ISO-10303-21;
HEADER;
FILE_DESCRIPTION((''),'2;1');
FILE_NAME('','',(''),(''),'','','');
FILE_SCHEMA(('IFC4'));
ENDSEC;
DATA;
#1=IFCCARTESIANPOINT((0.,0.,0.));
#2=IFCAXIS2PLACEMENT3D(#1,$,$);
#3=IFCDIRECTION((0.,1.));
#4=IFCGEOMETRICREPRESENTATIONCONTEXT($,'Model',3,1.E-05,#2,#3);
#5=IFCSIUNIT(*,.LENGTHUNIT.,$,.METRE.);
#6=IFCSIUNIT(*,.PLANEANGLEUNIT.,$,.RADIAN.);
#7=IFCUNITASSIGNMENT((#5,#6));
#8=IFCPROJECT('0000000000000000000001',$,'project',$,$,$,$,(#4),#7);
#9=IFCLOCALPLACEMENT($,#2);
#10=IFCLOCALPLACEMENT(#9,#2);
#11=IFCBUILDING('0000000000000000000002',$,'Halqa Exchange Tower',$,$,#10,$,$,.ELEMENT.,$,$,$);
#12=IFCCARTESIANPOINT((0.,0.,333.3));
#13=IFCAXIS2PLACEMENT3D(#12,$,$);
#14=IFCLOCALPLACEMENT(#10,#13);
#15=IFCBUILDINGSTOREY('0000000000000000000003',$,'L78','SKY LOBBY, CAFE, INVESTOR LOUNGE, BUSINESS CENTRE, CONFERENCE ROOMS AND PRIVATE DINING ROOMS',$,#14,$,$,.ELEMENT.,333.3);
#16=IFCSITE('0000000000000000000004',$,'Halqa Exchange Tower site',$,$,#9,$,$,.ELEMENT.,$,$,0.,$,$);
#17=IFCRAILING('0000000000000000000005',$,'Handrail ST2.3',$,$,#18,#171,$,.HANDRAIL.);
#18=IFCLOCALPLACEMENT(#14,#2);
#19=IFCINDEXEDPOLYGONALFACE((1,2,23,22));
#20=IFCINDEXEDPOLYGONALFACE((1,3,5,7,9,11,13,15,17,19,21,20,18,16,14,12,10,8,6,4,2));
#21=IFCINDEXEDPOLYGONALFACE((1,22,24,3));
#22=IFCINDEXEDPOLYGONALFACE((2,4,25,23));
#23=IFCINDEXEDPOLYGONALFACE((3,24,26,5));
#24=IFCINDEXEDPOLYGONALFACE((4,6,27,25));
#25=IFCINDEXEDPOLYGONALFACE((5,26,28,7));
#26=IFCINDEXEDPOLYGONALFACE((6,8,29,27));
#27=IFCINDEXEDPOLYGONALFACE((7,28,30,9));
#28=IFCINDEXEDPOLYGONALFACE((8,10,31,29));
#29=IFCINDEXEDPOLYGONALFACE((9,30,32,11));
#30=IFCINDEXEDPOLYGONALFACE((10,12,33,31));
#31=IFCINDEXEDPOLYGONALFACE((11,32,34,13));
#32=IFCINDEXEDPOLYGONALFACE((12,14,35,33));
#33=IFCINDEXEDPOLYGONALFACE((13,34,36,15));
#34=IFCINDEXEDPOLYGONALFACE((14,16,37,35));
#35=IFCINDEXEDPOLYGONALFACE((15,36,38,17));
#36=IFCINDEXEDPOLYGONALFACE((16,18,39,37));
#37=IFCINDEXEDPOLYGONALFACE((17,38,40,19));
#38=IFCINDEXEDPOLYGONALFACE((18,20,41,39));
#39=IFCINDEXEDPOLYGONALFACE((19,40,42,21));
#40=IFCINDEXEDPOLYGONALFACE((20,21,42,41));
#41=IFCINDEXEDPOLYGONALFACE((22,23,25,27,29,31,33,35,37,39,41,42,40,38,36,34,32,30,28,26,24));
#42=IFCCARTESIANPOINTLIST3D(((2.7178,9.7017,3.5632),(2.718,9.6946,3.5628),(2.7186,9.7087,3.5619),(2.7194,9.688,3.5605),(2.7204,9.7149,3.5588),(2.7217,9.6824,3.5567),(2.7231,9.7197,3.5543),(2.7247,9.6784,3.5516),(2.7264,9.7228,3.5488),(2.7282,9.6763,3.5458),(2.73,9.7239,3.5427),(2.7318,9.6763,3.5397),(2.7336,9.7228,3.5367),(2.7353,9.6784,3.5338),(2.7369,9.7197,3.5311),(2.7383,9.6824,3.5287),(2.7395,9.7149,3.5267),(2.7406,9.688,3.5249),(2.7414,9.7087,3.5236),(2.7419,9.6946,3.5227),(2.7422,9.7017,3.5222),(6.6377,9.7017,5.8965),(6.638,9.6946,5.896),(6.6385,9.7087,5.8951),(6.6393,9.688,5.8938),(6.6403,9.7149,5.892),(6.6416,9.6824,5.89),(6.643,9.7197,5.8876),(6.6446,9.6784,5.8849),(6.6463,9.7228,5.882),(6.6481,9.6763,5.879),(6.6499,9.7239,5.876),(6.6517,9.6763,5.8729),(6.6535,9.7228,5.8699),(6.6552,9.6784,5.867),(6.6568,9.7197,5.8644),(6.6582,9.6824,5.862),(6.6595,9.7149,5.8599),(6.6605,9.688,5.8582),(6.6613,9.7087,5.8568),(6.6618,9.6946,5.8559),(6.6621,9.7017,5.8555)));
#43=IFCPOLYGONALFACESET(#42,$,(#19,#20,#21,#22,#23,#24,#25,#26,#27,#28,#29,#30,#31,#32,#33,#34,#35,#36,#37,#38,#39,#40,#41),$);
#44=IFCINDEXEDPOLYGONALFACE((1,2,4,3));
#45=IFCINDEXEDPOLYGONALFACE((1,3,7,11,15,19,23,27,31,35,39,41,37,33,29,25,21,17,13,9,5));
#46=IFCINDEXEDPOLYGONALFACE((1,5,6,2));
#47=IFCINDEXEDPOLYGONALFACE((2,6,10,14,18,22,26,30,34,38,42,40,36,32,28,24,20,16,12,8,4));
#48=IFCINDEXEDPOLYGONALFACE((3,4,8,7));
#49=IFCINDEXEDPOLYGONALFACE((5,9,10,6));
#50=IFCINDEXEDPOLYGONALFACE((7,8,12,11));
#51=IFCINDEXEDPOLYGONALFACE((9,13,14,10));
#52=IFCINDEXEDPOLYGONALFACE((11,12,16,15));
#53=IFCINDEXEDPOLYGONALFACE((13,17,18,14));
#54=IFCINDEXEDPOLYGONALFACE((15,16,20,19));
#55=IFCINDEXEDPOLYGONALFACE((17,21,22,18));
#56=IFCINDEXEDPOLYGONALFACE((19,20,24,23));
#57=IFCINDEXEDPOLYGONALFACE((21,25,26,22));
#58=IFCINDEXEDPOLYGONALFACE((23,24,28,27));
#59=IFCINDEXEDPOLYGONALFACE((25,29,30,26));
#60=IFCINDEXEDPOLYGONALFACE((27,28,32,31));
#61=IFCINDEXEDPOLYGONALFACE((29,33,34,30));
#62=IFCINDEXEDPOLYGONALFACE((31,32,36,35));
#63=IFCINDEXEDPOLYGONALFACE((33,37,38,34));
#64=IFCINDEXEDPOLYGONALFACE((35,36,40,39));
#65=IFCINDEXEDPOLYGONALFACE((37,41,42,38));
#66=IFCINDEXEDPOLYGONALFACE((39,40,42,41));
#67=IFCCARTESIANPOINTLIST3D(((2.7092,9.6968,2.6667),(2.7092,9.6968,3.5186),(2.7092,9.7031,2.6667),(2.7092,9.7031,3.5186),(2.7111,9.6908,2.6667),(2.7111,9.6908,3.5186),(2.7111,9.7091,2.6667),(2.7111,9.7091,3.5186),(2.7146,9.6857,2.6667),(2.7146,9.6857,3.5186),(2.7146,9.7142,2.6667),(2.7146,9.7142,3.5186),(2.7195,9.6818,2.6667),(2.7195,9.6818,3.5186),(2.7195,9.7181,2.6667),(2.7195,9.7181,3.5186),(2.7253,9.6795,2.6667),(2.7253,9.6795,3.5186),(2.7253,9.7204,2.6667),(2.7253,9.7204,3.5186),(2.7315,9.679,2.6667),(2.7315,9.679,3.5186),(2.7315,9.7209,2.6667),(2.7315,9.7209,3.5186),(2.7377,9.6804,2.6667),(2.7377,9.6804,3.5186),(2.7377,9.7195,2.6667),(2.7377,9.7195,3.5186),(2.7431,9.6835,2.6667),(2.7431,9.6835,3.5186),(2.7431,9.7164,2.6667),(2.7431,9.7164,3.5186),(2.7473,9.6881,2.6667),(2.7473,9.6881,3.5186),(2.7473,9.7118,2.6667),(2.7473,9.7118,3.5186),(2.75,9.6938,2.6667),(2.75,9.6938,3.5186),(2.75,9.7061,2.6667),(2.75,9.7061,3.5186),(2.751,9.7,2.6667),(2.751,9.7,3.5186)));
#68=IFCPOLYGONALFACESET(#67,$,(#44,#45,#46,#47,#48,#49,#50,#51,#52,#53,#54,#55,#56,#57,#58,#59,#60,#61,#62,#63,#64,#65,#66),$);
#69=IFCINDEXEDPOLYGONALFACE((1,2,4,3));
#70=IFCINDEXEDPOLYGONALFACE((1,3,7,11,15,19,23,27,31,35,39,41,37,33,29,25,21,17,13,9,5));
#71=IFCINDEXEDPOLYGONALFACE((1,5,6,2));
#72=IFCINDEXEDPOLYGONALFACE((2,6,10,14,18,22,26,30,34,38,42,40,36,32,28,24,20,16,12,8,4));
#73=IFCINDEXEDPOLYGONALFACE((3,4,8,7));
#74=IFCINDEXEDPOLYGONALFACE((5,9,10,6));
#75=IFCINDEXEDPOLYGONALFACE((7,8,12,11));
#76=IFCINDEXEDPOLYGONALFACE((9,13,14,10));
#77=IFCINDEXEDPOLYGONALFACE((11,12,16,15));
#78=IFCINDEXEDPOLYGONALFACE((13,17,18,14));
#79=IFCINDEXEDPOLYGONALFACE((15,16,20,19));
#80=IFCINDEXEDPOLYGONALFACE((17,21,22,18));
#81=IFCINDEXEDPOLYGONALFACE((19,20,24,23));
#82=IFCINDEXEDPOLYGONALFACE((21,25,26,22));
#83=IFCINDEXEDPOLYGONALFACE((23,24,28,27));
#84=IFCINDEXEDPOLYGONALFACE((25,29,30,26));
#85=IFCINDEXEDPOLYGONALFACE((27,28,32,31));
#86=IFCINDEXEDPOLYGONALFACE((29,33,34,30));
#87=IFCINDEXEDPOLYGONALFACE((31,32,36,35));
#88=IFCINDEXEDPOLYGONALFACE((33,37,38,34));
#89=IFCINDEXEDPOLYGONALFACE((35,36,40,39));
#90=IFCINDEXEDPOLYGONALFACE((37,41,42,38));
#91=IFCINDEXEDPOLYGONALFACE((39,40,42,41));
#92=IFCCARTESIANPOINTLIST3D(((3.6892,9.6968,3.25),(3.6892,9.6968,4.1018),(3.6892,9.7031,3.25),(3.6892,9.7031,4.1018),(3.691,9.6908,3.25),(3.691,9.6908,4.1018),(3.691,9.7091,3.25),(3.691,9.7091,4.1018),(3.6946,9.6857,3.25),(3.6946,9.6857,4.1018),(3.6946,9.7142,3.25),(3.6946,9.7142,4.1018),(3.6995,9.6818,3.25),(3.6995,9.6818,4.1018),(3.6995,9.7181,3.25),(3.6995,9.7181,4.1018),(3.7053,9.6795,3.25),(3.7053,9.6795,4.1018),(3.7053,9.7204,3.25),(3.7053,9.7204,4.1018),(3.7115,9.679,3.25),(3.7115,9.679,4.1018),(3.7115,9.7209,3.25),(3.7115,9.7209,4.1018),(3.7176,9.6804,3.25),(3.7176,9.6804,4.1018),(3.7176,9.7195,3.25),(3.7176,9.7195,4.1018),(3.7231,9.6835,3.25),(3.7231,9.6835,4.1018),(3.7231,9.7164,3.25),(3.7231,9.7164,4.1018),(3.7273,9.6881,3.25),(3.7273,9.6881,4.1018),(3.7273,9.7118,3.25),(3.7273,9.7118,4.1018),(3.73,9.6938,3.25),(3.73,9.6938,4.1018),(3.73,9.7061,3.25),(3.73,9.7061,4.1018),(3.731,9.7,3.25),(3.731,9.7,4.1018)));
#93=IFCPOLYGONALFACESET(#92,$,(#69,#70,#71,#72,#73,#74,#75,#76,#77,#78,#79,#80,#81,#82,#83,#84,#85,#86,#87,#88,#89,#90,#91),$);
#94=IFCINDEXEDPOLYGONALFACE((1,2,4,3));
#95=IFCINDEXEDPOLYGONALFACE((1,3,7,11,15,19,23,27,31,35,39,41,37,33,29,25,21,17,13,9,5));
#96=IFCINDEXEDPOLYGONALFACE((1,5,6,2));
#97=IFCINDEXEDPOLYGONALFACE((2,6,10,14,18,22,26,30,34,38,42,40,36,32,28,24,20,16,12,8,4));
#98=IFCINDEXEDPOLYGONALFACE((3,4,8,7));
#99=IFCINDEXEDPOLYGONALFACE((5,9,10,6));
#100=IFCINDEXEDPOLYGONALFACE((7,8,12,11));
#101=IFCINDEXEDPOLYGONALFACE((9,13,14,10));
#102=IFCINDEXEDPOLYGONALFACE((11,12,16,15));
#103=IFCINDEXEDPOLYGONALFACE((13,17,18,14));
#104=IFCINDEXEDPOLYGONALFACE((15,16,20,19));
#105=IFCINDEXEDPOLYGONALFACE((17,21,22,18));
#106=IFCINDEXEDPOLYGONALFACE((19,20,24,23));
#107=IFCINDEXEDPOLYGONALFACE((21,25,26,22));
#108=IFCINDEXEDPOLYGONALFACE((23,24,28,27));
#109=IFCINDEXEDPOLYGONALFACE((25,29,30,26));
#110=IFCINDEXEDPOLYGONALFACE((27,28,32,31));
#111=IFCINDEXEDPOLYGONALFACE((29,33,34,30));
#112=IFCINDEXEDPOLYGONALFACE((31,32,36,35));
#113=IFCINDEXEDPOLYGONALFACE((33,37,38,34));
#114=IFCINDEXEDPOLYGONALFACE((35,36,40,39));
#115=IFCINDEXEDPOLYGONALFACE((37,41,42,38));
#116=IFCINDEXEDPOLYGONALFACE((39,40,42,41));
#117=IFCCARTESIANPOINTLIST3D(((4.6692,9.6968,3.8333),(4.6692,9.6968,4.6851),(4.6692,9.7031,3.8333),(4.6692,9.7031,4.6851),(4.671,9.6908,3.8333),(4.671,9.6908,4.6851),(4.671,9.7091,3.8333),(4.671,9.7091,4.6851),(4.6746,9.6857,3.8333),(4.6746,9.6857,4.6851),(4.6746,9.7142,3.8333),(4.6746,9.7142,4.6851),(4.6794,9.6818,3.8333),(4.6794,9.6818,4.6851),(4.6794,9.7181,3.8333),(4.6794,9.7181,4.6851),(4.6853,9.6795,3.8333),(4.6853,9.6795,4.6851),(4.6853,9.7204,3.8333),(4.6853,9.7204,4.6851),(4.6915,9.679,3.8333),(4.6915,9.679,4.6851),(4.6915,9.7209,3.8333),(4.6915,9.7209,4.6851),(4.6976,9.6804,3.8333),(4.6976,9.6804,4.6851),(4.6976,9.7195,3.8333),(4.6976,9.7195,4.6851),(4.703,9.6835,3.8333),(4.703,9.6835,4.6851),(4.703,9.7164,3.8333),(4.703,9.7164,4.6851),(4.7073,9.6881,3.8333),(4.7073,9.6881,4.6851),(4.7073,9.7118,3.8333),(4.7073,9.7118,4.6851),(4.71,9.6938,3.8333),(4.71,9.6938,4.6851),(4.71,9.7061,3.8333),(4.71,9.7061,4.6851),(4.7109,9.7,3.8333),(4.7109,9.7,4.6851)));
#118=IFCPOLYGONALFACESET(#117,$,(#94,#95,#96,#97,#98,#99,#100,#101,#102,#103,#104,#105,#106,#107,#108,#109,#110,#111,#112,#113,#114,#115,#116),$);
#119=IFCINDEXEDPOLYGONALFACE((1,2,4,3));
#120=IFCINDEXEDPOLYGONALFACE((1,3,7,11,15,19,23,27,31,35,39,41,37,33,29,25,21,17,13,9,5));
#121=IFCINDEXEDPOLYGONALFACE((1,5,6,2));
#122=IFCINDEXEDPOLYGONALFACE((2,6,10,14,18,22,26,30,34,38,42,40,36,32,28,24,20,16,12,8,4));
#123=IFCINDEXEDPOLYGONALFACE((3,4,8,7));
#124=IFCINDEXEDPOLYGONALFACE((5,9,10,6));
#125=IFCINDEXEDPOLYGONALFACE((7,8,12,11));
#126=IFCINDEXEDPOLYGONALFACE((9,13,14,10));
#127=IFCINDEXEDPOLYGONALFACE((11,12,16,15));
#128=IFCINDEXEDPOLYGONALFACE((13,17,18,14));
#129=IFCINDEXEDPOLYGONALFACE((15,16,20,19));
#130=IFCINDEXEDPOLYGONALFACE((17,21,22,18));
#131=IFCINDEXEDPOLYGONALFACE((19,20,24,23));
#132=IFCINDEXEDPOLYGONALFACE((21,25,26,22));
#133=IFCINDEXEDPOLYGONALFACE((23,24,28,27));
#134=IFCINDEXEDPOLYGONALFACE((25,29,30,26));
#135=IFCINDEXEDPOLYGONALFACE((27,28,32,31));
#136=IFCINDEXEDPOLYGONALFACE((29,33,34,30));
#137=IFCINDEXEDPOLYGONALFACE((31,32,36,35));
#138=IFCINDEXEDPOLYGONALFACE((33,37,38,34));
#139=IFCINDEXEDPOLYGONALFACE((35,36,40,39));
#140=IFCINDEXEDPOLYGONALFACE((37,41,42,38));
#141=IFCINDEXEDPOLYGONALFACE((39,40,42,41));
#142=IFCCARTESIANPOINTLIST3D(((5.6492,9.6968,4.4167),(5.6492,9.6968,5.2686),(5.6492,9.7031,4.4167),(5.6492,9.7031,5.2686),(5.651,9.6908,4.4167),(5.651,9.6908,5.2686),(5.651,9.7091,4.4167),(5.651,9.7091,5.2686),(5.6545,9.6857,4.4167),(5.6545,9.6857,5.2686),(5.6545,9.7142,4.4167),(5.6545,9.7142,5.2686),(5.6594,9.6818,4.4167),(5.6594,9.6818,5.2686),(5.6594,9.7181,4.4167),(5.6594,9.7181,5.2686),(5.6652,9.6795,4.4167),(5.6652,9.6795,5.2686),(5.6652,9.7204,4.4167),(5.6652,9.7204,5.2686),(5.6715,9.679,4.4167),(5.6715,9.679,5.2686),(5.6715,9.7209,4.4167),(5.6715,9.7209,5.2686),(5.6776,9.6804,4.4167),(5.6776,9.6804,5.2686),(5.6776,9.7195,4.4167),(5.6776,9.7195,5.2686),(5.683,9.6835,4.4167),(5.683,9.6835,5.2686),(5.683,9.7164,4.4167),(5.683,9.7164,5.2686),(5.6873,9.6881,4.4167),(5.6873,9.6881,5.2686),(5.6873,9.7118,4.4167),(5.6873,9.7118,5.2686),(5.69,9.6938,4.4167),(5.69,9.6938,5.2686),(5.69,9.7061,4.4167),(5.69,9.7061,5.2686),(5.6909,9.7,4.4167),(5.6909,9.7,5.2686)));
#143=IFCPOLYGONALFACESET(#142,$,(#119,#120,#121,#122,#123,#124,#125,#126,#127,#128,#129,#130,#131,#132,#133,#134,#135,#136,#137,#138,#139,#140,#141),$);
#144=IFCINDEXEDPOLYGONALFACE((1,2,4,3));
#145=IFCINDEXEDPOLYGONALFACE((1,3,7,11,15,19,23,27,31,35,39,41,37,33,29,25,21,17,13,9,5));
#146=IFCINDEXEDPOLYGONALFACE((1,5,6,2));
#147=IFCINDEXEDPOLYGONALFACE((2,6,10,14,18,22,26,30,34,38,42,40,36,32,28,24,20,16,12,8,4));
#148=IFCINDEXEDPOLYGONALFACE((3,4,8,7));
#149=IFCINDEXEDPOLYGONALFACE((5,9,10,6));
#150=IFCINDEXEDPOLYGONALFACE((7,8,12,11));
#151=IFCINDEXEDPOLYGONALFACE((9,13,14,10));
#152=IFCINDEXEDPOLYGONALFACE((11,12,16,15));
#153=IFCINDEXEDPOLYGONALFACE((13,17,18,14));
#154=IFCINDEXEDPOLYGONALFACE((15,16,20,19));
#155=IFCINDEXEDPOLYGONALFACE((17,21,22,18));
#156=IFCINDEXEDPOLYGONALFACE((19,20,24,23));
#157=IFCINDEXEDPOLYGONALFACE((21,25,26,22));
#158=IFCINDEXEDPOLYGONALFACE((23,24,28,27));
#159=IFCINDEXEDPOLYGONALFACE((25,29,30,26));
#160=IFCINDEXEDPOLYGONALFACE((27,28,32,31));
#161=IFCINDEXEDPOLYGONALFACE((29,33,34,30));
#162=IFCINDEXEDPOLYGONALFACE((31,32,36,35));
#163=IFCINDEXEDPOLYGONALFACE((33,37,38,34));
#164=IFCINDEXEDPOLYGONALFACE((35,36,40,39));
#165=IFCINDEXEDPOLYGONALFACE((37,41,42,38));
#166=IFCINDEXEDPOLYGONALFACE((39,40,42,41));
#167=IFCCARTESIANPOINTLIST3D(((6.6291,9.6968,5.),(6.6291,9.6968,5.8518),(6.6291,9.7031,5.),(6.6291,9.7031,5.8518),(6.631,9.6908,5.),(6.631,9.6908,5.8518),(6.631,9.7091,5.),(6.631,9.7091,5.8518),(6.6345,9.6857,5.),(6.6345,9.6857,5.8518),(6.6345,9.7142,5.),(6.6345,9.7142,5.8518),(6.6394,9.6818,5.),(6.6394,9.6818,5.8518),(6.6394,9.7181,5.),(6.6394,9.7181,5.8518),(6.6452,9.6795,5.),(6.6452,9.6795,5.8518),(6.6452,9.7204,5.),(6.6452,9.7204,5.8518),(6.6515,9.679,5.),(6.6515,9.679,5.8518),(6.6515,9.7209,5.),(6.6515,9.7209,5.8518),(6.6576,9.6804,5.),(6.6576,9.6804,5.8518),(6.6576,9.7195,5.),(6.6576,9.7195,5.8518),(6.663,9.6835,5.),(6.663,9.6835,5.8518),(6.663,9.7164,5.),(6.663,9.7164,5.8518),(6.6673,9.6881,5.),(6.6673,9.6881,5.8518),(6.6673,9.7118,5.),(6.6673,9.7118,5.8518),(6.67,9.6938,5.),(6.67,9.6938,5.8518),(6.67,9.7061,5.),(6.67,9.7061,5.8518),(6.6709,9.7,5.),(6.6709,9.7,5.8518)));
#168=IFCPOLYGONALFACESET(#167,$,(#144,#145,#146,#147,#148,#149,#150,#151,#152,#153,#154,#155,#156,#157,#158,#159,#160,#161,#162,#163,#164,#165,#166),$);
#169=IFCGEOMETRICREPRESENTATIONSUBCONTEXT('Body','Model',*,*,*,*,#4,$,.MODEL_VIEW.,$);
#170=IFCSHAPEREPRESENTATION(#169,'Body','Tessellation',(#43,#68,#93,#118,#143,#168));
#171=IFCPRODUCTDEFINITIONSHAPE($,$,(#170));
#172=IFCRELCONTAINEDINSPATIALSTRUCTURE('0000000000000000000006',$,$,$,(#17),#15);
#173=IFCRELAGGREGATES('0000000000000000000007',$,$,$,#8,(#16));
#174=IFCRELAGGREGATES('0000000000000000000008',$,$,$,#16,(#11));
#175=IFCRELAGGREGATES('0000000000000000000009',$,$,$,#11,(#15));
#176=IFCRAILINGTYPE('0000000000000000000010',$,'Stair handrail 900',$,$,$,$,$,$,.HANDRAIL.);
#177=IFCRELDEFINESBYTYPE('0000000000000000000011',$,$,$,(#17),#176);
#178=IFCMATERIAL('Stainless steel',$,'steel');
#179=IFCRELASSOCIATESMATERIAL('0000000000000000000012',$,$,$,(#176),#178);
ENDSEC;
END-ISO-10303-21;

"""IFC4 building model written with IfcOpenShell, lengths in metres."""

from ifc_helpers import new_model, si_unit, direction, frame, origin, origin_2d, place, context, subcontext, project, spatial, circle, extrude, material, type_object, element, save


model = new_model("IFC4")

# Units and contexts
model_context = context("Model", 3, precision=1e-05, world=origin(), true_north=direction((0.0, 1.0)))
body_context = subcontext(model_context, "Body", "Model", "MODEL_VIEW")
ifc_project = project(units=[si_unit("LENGTHUNIT", "METRE"), si_unit("PLANEANGLEUNIT", "RADIAN")], contexts=[model_context])

# Site, building, storey
site_placement = place(None, origin())
site = spatial("IfcSite", under=ifc_project, at=site_placement, Name="Halqa Exchange Tower site", CompositionType="ELEMENT", RefElevation=0.0)
building_placement = place(site_placement, origin())
building = spatial("IfcBuilding", under=site, at=building_placement, Name="Halqa Exchange Tower", CompositionType="ELEMENT")
storey_placement = place(building_placement, frame((0.0, 0.0, 333.3)))
storey = spatial("IfcBuildingStorey", under=building, at=storey_placement, Name="L78", Description="SKY LOBBY, CAFE, INVESTOR LOUNGE, BUSINESS CENTRE, CONFERENCE ROOMS AND PRIVATE DINING ROOMS", CompositionType="ELEMENT", Elevation=333.3)

# Railing
ifc_material_1 = material(Name="Stainless steel", Category="steel")
railing_type_1 = type_object("IfcRailingType", Name="Stair handrail 900", PredefinedType="HANDRAIL", material=ifc_material_1)
railing_1_placement = place(storey_placement, frame((2.73, 9.7, 2.6667)))
element("IfcRailing", 1, at=railing_1_placement, inside=storey, type_object=railing_type_1, Name="Handrail ST2.3", PredefinedType="HANDRAIL", context=body_context, shape_type="SweptSolid", body=[
    extrude(circle(Radius=0.0239, at=origin_2d()), frame((0.0, 0.0, 0.876), z_axis=(0.859296, 0.0, 0.511478), x_axis=(0.0, 1.0, 0.0)), (0.0, 0.0, 1.0), 4.5618),
    extrude(circle(Radius=0.021, at=origin_2d()), origin(), (0.0, 0.0, 1.0), 0.8518),
    extrude(circle(Radius=0.021, at=origin_2d()), frame((0.98, 0.0, 0.5833)), (0.0, 0.0, 1.0), 0.8518),
    extrude(circle(Radius=0.021, at=origin_2d()), frame((1.96, 0.0, 1.1665)), (0.0, 0.0, 1.0), 0.8518),
    extrude(circle(Radius=0.021, at=origin_2d()), frame((2.9399, 0.0, 1.75)), (0.0, 0.0, 1.0), 0.8518),
    extrude(circle(Radius=0.021, at=origin_2d()), frame((3.9199, 0.0, 2.3333)), (0.0, 0.0, 1.0), 0.8518),
])

save(model, "model.ifc")
